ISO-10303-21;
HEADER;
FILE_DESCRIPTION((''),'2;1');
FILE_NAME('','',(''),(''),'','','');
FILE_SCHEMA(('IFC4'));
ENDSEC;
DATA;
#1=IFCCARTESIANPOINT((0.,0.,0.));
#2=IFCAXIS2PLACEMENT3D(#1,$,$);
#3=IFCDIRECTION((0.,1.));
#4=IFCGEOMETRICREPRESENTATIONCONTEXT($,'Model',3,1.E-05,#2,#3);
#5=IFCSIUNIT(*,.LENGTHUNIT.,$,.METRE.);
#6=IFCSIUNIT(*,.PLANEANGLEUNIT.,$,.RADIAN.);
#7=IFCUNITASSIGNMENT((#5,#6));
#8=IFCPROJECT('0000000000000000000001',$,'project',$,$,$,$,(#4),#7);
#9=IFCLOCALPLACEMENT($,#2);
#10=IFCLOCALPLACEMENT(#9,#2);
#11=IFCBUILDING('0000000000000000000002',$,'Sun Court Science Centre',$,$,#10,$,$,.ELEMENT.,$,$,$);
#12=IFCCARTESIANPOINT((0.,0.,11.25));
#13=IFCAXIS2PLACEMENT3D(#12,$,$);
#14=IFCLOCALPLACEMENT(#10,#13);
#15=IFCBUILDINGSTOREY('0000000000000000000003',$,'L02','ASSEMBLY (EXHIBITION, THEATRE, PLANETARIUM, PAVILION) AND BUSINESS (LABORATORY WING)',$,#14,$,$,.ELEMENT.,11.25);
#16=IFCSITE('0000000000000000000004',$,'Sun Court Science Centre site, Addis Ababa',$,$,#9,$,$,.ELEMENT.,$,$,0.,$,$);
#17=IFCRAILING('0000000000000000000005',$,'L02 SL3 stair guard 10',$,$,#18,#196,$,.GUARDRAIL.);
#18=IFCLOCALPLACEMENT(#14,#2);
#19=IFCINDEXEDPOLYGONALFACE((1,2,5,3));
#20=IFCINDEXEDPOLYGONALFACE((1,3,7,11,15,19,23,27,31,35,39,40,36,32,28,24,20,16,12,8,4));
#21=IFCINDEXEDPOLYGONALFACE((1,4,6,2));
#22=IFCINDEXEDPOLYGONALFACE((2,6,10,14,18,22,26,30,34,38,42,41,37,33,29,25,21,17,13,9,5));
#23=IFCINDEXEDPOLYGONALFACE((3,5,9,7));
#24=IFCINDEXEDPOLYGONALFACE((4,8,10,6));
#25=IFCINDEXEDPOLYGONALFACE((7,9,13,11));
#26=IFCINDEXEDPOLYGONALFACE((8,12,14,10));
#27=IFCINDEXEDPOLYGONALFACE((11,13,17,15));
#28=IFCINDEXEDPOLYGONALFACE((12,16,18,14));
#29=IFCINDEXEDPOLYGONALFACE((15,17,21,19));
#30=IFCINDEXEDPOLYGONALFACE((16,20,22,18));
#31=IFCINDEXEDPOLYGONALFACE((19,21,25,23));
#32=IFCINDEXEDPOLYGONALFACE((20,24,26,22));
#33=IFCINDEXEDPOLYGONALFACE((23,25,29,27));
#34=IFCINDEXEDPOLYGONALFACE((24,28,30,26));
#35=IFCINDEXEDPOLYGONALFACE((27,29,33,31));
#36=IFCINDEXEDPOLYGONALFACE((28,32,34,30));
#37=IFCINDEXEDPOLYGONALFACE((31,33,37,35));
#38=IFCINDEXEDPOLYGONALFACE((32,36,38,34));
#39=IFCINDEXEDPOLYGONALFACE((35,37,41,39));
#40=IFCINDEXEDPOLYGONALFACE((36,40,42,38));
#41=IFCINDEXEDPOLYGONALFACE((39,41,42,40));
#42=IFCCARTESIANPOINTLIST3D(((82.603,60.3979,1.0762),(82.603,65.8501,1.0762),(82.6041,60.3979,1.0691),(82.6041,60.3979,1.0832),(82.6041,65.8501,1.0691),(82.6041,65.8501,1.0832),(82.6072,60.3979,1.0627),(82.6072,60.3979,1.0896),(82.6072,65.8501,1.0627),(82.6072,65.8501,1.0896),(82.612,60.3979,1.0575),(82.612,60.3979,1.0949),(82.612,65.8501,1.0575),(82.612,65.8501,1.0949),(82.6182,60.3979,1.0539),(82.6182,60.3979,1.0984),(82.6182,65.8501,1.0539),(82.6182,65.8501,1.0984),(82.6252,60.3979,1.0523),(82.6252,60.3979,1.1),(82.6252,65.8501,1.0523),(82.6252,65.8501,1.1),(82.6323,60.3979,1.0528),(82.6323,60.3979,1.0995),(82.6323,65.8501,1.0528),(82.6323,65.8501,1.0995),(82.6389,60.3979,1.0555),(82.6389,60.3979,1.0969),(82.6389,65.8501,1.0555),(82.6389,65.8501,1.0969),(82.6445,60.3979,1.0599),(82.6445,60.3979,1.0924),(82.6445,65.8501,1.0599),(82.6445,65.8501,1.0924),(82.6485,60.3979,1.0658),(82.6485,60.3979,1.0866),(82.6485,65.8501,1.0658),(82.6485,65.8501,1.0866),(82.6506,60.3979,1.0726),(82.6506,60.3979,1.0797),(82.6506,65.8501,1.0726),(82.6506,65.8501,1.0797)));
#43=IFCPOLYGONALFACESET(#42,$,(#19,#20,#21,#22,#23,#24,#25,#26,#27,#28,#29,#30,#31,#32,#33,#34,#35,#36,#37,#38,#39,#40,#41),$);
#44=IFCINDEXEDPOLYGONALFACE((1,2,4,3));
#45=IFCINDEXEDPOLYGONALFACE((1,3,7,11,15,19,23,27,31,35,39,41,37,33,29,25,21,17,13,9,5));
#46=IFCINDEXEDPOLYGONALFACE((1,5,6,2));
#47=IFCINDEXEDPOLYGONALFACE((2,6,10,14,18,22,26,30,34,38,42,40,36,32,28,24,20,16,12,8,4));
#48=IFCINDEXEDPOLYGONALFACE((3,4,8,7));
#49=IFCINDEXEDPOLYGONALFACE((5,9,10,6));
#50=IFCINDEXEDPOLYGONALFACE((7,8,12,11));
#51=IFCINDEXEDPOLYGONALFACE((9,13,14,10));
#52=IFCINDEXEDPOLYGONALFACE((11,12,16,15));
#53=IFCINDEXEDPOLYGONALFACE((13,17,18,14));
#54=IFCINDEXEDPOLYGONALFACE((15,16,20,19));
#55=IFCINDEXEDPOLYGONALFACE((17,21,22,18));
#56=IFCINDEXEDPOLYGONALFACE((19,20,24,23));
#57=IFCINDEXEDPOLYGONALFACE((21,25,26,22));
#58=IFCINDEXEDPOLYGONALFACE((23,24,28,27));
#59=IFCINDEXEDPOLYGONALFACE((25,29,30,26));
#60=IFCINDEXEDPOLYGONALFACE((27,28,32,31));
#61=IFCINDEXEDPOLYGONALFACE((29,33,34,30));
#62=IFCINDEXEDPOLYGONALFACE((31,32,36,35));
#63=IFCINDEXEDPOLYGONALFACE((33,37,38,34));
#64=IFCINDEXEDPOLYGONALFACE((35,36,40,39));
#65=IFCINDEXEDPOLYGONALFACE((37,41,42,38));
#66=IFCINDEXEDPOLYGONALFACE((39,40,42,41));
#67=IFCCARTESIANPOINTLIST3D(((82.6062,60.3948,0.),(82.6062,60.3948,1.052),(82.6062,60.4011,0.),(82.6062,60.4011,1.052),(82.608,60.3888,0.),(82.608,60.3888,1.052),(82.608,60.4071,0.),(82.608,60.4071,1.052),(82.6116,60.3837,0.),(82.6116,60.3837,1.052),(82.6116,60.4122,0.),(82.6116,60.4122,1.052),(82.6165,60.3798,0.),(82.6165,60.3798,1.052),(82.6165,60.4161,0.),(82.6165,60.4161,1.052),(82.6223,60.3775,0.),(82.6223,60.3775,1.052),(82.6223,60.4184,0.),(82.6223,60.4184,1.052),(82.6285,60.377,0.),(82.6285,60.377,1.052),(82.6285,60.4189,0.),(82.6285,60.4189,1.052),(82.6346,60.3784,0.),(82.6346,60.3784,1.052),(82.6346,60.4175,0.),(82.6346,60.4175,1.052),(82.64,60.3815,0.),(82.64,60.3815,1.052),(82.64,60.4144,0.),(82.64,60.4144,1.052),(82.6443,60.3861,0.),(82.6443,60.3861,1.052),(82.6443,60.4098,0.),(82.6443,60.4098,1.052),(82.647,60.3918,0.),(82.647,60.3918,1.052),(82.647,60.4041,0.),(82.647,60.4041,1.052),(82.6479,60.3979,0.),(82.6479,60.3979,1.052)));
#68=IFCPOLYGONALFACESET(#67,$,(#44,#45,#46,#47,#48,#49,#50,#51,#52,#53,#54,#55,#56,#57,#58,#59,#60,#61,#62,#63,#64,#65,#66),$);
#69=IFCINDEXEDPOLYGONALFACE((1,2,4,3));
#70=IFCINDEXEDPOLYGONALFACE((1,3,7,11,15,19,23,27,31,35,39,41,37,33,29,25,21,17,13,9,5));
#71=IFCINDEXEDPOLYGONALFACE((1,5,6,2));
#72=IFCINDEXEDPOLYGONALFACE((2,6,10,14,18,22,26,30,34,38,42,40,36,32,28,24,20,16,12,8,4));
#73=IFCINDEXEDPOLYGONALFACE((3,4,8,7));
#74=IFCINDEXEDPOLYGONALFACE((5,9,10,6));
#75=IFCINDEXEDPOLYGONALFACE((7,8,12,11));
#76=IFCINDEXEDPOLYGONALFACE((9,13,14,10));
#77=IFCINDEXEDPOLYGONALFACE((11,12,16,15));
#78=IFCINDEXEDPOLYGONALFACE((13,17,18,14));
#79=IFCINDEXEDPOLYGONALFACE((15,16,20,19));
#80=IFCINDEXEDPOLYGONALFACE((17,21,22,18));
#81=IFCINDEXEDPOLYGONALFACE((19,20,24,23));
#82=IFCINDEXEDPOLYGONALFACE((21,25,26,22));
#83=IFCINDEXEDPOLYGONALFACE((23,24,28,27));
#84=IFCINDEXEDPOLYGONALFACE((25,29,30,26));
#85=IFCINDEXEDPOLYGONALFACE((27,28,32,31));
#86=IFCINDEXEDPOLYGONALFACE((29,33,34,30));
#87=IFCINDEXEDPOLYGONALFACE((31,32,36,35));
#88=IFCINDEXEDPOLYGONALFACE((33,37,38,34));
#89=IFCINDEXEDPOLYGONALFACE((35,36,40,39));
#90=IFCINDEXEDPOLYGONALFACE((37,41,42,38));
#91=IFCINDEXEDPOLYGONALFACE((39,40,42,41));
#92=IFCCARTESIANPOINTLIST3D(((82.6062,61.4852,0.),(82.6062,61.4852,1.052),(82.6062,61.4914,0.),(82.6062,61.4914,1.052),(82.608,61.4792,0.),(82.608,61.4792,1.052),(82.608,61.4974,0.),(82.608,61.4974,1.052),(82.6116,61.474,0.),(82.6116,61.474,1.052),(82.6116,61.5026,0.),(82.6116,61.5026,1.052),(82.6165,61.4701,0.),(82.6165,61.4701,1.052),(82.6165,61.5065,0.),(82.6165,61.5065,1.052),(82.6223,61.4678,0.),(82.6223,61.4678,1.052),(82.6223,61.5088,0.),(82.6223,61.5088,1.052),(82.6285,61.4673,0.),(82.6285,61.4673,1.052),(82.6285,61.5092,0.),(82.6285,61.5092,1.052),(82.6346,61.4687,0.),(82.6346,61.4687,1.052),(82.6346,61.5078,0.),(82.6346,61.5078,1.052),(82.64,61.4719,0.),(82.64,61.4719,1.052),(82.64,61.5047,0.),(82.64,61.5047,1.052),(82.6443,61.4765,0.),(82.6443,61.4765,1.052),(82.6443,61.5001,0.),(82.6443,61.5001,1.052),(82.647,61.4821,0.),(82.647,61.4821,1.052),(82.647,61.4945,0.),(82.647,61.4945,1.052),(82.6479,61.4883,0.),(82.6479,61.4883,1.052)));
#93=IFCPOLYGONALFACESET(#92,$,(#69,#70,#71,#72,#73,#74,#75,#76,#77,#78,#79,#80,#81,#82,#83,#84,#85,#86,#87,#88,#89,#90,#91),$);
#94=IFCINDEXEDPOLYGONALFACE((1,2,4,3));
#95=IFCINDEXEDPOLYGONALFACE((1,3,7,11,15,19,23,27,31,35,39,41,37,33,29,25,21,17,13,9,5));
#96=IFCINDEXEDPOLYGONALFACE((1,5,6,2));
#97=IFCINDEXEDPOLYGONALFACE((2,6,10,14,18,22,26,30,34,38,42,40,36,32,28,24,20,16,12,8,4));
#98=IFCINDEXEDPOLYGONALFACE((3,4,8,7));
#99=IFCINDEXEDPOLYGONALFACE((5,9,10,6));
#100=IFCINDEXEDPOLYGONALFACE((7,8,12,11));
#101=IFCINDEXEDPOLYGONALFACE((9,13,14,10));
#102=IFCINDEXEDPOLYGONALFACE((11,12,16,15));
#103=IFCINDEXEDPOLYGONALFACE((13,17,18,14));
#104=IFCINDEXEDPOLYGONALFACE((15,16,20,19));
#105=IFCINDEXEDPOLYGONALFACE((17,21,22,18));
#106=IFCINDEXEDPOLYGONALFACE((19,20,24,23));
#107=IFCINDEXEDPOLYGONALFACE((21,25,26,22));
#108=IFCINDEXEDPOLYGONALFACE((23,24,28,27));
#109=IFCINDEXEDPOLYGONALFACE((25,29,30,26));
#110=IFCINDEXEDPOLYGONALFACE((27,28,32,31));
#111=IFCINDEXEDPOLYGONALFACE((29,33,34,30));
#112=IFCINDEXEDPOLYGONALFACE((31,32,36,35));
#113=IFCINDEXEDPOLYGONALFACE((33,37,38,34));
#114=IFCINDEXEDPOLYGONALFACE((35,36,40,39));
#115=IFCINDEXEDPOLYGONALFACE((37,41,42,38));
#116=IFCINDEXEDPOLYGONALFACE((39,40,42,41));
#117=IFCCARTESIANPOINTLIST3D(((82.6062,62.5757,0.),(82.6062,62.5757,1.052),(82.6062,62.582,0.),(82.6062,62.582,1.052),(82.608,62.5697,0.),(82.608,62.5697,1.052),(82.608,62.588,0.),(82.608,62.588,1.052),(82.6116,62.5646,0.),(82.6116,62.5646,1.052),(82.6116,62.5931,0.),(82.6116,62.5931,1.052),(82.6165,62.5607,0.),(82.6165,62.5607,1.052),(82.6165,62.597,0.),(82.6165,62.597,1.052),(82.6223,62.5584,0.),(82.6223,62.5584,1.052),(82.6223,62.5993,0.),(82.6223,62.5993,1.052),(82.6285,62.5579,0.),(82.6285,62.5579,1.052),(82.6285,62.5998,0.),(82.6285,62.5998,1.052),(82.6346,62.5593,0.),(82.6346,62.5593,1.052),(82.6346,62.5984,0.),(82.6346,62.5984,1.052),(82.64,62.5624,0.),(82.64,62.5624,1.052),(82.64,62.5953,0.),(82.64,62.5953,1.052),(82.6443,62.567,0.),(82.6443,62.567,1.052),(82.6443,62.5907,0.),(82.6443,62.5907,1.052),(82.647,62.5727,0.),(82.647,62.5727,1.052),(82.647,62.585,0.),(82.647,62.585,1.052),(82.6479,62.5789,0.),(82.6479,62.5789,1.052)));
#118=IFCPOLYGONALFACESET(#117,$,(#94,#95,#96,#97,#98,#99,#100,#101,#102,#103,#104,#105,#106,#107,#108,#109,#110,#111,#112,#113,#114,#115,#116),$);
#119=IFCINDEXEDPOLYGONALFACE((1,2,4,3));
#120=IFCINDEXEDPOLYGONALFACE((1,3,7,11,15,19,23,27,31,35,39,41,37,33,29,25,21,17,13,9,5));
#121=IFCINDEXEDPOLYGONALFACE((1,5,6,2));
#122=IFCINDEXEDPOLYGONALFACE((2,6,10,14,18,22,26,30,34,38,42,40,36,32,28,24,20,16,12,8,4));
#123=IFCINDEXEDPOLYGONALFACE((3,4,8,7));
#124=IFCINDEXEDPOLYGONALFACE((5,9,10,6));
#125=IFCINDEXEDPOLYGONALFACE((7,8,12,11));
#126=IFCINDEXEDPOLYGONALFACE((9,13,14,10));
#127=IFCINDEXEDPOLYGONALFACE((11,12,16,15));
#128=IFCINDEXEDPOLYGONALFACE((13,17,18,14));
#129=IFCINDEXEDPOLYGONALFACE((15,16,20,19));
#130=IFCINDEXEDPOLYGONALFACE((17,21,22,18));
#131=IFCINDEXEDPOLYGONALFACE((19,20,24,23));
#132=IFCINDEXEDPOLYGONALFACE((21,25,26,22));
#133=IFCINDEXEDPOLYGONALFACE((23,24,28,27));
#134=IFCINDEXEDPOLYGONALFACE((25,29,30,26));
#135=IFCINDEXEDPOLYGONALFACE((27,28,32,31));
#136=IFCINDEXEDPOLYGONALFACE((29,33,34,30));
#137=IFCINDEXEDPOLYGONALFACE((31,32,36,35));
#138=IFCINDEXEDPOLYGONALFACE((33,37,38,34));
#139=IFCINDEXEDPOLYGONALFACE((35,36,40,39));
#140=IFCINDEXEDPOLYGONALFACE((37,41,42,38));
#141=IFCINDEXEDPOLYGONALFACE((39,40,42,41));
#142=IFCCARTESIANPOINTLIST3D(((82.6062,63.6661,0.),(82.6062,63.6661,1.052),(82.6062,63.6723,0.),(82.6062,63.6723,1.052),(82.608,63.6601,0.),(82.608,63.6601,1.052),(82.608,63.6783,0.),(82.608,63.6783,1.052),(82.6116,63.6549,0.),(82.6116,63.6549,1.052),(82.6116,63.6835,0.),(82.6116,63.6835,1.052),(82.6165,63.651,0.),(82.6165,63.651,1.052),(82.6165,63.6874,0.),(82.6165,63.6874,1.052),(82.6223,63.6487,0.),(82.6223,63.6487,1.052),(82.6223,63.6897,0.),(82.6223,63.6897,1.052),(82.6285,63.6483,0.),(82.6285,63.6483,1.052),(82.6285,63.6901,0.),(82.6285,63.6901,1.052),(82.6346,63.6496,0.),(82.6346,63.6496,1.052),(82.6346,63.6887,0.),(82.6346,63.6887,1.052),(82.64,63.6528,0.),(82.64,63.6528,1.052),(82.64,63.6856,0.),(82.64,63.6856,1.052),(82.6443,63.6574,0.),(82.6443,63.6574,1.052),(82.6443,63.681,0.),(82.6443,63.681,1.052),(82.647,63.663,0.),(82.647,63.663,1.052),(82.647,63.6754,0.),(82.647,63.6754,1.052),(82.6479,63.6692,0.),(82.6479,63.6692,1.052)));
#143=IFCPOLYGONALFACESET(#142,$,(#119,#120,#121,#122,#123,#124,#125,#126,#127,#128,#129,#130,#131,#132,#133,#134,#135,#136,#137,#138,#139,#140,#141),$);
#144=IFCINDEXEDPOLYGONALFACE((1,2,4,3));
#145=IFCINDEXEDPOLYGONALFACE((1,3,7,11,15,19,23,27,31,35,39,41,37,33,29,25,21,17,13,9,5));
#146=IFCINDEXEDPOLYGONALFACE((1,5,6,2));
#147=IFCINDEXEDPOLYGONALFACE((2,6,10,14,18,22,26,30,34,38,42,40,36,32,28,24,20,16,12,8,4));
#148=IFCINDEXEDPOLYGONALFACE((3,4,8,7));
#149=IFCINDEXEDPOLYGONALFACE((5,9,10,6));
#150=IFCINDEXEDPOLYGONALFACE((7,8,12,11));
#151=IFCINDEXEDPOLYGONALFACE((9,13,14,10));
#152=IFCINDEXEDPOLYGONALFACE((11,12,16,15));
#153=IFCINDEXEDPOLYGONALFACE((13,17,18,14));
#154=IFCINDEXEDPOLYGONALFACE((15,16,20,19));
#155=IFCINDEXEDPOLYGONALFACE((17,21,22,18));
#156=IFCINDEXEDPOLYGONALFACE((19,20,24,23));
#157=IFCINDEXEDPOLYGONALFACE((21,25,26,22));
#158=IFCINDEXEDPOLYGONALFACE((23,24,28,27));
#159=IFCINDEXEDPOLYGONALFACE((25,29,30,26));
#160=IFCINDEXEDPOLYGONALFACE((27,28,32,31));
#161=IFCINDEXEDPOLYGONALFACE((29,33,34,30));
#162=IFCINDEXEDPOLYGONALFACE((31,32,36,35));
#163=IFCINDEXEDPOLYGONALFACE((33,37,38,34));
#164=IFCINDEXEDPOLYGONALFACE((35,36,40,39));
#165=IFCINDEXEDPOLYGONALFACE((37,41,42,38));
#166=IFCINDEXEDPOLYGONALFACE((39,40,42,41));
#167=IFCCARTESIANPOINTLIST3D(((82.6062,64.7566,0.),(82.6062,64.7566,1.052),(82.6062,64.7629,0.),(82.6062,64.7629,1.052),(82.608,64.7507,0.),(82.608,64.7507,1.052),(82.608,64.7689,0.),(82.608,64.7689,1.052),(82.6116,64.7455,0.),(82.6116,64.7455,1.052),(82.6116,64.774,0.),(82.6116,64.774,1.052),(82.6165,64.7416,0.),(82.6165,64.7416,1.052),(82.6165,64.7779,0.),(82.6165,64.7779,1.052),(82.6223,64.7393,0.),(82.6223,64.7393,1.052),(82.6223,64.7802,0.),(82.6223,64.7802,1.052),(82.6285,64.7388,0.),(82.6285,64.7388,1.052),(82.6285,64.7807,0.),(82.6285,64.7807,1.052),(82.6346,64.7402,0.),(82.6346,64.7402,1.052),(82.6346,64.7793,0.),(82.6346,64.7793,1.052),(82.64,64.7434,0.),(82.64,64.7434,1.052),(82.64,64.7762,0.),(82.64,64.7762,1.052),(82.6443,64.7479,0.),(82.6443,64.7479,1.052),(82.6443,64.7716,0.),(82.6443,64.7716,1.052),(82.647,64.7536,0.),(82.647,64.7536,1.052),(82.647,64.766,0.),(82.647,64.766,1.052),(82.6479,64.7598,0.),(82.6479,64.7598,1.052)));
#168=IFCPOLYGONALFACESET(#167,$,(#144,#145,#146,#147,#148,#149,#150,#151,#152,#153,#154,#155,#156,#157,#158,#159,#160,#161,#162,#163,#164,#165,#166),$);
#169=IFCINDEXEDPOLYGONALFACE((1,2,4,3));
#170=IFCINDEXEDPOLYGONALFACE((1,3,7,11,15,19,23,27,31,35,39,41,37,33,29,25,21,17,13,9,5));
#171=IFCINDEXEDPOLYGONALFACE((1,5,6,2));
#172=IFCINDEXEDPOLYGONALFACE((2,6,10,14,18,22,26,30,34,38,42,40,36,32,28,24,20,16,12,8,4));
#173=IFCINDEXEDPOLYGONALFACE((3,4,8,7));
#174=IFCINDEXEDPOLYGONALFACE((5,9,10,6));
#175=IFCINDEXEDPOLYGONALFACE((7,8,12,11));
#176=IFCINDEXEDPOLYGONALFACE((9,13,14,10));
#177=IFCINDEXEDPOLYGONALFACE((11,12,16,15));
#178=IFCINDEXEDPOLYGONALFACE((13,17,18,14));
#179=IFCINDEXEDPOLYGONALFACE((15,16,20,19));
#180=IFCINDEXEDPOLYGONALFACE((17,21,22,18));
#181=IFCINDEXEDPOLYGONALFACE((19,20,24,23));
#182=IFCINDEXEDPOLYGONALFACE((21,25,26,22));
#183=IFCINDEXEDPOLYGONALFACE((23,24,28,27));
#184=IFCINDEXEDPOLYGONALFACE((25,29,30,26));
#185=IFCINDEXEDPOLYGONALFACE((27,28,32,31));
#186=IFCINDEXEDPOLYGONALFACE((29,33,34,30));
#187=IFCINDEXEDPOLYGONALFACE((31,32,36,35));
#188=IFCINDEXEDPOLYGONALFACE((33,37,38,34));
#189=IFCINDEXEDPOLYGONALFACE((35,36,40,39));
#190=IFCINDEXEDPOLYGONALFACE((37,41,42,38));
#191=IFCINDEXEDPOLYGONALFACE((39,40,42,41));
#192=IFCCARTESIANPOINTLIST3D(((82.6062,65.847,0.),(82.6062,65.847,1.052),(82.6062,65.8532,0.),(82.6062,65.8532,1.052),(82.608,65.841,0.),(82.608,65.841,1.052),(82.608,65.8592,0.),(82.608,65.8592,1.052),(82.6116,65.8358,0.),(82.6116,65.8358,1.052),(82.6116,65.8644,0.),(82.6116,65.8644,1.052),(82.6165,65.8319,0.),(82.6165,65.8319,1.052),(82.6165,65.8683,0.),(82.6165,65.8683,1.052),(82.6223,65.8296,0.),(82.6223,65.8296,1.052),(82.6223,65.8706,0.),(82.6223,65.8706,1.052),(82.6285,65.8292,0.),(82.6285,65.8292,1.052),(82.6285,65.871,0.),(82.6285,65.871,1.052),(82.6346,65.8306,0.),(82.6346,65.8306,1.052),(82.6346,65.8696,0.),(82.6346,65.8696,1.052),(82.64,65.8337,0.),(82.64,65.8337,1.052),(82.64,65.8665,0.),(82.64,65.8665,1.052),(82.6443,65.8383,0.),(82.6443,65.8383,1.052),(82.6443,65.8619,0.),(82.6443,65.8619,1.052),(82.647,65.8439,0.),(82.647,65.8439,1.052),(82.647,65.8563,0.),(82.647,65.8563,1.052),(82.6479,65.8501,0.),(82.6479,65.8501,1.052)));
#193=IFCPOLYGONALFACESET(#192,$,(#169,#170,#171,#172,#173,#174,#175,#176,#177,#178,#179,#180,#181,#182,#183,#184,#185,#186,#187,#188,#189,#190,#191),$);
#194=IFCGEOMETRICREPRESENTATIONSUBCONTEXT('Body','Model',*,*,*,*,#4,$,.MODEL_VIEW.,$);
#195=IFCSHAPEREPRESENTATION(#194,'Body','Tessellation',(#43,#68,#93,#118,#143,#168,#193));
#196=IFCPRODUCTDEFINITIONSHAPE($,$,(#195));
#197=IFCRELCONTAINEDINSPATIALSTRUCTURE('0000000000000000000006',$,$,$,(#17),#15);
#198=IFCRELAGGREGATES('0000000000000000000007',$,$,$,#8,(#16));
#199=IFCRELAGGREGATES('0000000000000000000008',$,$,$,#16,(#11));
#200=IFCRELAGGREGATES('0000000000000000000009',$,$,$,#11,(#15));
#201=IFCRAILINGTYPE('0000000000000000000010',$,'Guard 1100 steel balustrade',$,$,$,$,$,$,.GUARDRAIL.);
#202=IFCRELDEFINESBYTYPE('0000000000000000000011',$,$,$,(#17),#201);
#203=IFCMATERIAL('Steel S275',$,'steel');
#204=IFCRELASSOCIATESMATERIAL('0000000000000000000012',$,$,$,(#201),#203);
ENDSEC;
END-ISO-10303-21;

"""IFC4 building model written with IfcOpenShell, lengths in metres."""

from ifc_helpers import new_model, si_unit, direction, frame, origin, origin_2d, place, context, subcontext, project, spatial, circle, extrude, material, type_object, element, save


model = new_model("IFC4")

# Units and contexts
model_context = context("Model", 3, precision=1e-05, world=origin(), true_north=direction((0.0, 1.0)))
body_context = subcontext(model_context, "Body", "Model", "MODEL_VIEW")
ifc_project = project(units=[si_unit("LENGTHUNIT", "METRE"), si_unit("PLANEANGLEUNIT", "RADIAN")], contexts=[model_context])

# Site, building, storey
site_placement = place(None, origin())
site = spatial("IfcSite", under=ifc_project, at=site_placement, Name="Sun Court Science Centre site, Addis Ababa", CompositionType="ELEMENT", RefElevation=0.0)
building_placement = place(site_placement, origin())
building = spatial("IfcBuilding", under=site, at=building_placement, Name="Sun Court Science Centre", CompositionType="ELEMENT")
storey_placement = place(building_placement, frame((0.0, 0.0, 11.25)))
storey = spatial("IfcBuildingStorey", under=building, at=storey_placement, Name="L02", Description="ASSEMBLY (EXHIBITION, THEATRE, PLANETARIUM, PAVILION) AND BUSINESS (LABORATORY WING)", CompositionType="ELEMENT", Elevation=11.25)

# Railing
ifc_material_1 = material(Name="Steel S275", Category="steel")
railing_type_1 = type_object("IfcRailingType", Name="Guard 1100 steel balustrade", PredefinedType="GUARDRAIL", material=ifc_material_1)
for number, where, name in (
    (1, (82.627, 60.3979, 0.0), "L02 SL3 stair guard 10"),
):
    element("IfcRailing", number, at=place(storey_placement, frame(where)), inside=storey, type_object=railing_type_1, Name=name, PredefinedType="GUARDRAIL", context=body_context, shape_type="SweptSolid", body=[
        extrude(circle(Radius=0.0239, at=origin_2d()), frame((0.0, 0.0, 1.0762), z_axis=(0.0, 1.0, 0.0), x_axis=(-1.0, 0.0, 0.0)), (0.0, 0.0, 1.0), 5.4521),
        extrude(circle(Radius=0.021, at=origin_2d()), origin(), (0.0, 0.0, 1.0), 1.052),
        extrude(circle(Radius=0.021, at=origin_2d()), frame((0.0, 1.0903, 0.0)), (0.0, 0.0, 1.0), 1.052),
        extrude(circle(Radius=0.021, at=origin_2d()), frame((0.0, 2.1809, 0.0)), (0.0, 0.0, 1.0), 1.052),
        extrude(circle(Radius=0.021, at=origin_2d()), frame((0.0, 3.2712, 0.0)), (0.0, 0.0, 1.0), 1.052),
        extrude(circle(Radius=0.021, at=origin_2d()), frame((0.0, 4.3618, 0.0)), (0.0, 0.0, 1.0), 1.052),
        extrude(circle(Radius=0.021, at=origin_2d()), frame((0.0, 5.4521, 0.0)), (0.0, 0.0, 1.0), 1.052),
    ])

save(model, "model.ifc")
